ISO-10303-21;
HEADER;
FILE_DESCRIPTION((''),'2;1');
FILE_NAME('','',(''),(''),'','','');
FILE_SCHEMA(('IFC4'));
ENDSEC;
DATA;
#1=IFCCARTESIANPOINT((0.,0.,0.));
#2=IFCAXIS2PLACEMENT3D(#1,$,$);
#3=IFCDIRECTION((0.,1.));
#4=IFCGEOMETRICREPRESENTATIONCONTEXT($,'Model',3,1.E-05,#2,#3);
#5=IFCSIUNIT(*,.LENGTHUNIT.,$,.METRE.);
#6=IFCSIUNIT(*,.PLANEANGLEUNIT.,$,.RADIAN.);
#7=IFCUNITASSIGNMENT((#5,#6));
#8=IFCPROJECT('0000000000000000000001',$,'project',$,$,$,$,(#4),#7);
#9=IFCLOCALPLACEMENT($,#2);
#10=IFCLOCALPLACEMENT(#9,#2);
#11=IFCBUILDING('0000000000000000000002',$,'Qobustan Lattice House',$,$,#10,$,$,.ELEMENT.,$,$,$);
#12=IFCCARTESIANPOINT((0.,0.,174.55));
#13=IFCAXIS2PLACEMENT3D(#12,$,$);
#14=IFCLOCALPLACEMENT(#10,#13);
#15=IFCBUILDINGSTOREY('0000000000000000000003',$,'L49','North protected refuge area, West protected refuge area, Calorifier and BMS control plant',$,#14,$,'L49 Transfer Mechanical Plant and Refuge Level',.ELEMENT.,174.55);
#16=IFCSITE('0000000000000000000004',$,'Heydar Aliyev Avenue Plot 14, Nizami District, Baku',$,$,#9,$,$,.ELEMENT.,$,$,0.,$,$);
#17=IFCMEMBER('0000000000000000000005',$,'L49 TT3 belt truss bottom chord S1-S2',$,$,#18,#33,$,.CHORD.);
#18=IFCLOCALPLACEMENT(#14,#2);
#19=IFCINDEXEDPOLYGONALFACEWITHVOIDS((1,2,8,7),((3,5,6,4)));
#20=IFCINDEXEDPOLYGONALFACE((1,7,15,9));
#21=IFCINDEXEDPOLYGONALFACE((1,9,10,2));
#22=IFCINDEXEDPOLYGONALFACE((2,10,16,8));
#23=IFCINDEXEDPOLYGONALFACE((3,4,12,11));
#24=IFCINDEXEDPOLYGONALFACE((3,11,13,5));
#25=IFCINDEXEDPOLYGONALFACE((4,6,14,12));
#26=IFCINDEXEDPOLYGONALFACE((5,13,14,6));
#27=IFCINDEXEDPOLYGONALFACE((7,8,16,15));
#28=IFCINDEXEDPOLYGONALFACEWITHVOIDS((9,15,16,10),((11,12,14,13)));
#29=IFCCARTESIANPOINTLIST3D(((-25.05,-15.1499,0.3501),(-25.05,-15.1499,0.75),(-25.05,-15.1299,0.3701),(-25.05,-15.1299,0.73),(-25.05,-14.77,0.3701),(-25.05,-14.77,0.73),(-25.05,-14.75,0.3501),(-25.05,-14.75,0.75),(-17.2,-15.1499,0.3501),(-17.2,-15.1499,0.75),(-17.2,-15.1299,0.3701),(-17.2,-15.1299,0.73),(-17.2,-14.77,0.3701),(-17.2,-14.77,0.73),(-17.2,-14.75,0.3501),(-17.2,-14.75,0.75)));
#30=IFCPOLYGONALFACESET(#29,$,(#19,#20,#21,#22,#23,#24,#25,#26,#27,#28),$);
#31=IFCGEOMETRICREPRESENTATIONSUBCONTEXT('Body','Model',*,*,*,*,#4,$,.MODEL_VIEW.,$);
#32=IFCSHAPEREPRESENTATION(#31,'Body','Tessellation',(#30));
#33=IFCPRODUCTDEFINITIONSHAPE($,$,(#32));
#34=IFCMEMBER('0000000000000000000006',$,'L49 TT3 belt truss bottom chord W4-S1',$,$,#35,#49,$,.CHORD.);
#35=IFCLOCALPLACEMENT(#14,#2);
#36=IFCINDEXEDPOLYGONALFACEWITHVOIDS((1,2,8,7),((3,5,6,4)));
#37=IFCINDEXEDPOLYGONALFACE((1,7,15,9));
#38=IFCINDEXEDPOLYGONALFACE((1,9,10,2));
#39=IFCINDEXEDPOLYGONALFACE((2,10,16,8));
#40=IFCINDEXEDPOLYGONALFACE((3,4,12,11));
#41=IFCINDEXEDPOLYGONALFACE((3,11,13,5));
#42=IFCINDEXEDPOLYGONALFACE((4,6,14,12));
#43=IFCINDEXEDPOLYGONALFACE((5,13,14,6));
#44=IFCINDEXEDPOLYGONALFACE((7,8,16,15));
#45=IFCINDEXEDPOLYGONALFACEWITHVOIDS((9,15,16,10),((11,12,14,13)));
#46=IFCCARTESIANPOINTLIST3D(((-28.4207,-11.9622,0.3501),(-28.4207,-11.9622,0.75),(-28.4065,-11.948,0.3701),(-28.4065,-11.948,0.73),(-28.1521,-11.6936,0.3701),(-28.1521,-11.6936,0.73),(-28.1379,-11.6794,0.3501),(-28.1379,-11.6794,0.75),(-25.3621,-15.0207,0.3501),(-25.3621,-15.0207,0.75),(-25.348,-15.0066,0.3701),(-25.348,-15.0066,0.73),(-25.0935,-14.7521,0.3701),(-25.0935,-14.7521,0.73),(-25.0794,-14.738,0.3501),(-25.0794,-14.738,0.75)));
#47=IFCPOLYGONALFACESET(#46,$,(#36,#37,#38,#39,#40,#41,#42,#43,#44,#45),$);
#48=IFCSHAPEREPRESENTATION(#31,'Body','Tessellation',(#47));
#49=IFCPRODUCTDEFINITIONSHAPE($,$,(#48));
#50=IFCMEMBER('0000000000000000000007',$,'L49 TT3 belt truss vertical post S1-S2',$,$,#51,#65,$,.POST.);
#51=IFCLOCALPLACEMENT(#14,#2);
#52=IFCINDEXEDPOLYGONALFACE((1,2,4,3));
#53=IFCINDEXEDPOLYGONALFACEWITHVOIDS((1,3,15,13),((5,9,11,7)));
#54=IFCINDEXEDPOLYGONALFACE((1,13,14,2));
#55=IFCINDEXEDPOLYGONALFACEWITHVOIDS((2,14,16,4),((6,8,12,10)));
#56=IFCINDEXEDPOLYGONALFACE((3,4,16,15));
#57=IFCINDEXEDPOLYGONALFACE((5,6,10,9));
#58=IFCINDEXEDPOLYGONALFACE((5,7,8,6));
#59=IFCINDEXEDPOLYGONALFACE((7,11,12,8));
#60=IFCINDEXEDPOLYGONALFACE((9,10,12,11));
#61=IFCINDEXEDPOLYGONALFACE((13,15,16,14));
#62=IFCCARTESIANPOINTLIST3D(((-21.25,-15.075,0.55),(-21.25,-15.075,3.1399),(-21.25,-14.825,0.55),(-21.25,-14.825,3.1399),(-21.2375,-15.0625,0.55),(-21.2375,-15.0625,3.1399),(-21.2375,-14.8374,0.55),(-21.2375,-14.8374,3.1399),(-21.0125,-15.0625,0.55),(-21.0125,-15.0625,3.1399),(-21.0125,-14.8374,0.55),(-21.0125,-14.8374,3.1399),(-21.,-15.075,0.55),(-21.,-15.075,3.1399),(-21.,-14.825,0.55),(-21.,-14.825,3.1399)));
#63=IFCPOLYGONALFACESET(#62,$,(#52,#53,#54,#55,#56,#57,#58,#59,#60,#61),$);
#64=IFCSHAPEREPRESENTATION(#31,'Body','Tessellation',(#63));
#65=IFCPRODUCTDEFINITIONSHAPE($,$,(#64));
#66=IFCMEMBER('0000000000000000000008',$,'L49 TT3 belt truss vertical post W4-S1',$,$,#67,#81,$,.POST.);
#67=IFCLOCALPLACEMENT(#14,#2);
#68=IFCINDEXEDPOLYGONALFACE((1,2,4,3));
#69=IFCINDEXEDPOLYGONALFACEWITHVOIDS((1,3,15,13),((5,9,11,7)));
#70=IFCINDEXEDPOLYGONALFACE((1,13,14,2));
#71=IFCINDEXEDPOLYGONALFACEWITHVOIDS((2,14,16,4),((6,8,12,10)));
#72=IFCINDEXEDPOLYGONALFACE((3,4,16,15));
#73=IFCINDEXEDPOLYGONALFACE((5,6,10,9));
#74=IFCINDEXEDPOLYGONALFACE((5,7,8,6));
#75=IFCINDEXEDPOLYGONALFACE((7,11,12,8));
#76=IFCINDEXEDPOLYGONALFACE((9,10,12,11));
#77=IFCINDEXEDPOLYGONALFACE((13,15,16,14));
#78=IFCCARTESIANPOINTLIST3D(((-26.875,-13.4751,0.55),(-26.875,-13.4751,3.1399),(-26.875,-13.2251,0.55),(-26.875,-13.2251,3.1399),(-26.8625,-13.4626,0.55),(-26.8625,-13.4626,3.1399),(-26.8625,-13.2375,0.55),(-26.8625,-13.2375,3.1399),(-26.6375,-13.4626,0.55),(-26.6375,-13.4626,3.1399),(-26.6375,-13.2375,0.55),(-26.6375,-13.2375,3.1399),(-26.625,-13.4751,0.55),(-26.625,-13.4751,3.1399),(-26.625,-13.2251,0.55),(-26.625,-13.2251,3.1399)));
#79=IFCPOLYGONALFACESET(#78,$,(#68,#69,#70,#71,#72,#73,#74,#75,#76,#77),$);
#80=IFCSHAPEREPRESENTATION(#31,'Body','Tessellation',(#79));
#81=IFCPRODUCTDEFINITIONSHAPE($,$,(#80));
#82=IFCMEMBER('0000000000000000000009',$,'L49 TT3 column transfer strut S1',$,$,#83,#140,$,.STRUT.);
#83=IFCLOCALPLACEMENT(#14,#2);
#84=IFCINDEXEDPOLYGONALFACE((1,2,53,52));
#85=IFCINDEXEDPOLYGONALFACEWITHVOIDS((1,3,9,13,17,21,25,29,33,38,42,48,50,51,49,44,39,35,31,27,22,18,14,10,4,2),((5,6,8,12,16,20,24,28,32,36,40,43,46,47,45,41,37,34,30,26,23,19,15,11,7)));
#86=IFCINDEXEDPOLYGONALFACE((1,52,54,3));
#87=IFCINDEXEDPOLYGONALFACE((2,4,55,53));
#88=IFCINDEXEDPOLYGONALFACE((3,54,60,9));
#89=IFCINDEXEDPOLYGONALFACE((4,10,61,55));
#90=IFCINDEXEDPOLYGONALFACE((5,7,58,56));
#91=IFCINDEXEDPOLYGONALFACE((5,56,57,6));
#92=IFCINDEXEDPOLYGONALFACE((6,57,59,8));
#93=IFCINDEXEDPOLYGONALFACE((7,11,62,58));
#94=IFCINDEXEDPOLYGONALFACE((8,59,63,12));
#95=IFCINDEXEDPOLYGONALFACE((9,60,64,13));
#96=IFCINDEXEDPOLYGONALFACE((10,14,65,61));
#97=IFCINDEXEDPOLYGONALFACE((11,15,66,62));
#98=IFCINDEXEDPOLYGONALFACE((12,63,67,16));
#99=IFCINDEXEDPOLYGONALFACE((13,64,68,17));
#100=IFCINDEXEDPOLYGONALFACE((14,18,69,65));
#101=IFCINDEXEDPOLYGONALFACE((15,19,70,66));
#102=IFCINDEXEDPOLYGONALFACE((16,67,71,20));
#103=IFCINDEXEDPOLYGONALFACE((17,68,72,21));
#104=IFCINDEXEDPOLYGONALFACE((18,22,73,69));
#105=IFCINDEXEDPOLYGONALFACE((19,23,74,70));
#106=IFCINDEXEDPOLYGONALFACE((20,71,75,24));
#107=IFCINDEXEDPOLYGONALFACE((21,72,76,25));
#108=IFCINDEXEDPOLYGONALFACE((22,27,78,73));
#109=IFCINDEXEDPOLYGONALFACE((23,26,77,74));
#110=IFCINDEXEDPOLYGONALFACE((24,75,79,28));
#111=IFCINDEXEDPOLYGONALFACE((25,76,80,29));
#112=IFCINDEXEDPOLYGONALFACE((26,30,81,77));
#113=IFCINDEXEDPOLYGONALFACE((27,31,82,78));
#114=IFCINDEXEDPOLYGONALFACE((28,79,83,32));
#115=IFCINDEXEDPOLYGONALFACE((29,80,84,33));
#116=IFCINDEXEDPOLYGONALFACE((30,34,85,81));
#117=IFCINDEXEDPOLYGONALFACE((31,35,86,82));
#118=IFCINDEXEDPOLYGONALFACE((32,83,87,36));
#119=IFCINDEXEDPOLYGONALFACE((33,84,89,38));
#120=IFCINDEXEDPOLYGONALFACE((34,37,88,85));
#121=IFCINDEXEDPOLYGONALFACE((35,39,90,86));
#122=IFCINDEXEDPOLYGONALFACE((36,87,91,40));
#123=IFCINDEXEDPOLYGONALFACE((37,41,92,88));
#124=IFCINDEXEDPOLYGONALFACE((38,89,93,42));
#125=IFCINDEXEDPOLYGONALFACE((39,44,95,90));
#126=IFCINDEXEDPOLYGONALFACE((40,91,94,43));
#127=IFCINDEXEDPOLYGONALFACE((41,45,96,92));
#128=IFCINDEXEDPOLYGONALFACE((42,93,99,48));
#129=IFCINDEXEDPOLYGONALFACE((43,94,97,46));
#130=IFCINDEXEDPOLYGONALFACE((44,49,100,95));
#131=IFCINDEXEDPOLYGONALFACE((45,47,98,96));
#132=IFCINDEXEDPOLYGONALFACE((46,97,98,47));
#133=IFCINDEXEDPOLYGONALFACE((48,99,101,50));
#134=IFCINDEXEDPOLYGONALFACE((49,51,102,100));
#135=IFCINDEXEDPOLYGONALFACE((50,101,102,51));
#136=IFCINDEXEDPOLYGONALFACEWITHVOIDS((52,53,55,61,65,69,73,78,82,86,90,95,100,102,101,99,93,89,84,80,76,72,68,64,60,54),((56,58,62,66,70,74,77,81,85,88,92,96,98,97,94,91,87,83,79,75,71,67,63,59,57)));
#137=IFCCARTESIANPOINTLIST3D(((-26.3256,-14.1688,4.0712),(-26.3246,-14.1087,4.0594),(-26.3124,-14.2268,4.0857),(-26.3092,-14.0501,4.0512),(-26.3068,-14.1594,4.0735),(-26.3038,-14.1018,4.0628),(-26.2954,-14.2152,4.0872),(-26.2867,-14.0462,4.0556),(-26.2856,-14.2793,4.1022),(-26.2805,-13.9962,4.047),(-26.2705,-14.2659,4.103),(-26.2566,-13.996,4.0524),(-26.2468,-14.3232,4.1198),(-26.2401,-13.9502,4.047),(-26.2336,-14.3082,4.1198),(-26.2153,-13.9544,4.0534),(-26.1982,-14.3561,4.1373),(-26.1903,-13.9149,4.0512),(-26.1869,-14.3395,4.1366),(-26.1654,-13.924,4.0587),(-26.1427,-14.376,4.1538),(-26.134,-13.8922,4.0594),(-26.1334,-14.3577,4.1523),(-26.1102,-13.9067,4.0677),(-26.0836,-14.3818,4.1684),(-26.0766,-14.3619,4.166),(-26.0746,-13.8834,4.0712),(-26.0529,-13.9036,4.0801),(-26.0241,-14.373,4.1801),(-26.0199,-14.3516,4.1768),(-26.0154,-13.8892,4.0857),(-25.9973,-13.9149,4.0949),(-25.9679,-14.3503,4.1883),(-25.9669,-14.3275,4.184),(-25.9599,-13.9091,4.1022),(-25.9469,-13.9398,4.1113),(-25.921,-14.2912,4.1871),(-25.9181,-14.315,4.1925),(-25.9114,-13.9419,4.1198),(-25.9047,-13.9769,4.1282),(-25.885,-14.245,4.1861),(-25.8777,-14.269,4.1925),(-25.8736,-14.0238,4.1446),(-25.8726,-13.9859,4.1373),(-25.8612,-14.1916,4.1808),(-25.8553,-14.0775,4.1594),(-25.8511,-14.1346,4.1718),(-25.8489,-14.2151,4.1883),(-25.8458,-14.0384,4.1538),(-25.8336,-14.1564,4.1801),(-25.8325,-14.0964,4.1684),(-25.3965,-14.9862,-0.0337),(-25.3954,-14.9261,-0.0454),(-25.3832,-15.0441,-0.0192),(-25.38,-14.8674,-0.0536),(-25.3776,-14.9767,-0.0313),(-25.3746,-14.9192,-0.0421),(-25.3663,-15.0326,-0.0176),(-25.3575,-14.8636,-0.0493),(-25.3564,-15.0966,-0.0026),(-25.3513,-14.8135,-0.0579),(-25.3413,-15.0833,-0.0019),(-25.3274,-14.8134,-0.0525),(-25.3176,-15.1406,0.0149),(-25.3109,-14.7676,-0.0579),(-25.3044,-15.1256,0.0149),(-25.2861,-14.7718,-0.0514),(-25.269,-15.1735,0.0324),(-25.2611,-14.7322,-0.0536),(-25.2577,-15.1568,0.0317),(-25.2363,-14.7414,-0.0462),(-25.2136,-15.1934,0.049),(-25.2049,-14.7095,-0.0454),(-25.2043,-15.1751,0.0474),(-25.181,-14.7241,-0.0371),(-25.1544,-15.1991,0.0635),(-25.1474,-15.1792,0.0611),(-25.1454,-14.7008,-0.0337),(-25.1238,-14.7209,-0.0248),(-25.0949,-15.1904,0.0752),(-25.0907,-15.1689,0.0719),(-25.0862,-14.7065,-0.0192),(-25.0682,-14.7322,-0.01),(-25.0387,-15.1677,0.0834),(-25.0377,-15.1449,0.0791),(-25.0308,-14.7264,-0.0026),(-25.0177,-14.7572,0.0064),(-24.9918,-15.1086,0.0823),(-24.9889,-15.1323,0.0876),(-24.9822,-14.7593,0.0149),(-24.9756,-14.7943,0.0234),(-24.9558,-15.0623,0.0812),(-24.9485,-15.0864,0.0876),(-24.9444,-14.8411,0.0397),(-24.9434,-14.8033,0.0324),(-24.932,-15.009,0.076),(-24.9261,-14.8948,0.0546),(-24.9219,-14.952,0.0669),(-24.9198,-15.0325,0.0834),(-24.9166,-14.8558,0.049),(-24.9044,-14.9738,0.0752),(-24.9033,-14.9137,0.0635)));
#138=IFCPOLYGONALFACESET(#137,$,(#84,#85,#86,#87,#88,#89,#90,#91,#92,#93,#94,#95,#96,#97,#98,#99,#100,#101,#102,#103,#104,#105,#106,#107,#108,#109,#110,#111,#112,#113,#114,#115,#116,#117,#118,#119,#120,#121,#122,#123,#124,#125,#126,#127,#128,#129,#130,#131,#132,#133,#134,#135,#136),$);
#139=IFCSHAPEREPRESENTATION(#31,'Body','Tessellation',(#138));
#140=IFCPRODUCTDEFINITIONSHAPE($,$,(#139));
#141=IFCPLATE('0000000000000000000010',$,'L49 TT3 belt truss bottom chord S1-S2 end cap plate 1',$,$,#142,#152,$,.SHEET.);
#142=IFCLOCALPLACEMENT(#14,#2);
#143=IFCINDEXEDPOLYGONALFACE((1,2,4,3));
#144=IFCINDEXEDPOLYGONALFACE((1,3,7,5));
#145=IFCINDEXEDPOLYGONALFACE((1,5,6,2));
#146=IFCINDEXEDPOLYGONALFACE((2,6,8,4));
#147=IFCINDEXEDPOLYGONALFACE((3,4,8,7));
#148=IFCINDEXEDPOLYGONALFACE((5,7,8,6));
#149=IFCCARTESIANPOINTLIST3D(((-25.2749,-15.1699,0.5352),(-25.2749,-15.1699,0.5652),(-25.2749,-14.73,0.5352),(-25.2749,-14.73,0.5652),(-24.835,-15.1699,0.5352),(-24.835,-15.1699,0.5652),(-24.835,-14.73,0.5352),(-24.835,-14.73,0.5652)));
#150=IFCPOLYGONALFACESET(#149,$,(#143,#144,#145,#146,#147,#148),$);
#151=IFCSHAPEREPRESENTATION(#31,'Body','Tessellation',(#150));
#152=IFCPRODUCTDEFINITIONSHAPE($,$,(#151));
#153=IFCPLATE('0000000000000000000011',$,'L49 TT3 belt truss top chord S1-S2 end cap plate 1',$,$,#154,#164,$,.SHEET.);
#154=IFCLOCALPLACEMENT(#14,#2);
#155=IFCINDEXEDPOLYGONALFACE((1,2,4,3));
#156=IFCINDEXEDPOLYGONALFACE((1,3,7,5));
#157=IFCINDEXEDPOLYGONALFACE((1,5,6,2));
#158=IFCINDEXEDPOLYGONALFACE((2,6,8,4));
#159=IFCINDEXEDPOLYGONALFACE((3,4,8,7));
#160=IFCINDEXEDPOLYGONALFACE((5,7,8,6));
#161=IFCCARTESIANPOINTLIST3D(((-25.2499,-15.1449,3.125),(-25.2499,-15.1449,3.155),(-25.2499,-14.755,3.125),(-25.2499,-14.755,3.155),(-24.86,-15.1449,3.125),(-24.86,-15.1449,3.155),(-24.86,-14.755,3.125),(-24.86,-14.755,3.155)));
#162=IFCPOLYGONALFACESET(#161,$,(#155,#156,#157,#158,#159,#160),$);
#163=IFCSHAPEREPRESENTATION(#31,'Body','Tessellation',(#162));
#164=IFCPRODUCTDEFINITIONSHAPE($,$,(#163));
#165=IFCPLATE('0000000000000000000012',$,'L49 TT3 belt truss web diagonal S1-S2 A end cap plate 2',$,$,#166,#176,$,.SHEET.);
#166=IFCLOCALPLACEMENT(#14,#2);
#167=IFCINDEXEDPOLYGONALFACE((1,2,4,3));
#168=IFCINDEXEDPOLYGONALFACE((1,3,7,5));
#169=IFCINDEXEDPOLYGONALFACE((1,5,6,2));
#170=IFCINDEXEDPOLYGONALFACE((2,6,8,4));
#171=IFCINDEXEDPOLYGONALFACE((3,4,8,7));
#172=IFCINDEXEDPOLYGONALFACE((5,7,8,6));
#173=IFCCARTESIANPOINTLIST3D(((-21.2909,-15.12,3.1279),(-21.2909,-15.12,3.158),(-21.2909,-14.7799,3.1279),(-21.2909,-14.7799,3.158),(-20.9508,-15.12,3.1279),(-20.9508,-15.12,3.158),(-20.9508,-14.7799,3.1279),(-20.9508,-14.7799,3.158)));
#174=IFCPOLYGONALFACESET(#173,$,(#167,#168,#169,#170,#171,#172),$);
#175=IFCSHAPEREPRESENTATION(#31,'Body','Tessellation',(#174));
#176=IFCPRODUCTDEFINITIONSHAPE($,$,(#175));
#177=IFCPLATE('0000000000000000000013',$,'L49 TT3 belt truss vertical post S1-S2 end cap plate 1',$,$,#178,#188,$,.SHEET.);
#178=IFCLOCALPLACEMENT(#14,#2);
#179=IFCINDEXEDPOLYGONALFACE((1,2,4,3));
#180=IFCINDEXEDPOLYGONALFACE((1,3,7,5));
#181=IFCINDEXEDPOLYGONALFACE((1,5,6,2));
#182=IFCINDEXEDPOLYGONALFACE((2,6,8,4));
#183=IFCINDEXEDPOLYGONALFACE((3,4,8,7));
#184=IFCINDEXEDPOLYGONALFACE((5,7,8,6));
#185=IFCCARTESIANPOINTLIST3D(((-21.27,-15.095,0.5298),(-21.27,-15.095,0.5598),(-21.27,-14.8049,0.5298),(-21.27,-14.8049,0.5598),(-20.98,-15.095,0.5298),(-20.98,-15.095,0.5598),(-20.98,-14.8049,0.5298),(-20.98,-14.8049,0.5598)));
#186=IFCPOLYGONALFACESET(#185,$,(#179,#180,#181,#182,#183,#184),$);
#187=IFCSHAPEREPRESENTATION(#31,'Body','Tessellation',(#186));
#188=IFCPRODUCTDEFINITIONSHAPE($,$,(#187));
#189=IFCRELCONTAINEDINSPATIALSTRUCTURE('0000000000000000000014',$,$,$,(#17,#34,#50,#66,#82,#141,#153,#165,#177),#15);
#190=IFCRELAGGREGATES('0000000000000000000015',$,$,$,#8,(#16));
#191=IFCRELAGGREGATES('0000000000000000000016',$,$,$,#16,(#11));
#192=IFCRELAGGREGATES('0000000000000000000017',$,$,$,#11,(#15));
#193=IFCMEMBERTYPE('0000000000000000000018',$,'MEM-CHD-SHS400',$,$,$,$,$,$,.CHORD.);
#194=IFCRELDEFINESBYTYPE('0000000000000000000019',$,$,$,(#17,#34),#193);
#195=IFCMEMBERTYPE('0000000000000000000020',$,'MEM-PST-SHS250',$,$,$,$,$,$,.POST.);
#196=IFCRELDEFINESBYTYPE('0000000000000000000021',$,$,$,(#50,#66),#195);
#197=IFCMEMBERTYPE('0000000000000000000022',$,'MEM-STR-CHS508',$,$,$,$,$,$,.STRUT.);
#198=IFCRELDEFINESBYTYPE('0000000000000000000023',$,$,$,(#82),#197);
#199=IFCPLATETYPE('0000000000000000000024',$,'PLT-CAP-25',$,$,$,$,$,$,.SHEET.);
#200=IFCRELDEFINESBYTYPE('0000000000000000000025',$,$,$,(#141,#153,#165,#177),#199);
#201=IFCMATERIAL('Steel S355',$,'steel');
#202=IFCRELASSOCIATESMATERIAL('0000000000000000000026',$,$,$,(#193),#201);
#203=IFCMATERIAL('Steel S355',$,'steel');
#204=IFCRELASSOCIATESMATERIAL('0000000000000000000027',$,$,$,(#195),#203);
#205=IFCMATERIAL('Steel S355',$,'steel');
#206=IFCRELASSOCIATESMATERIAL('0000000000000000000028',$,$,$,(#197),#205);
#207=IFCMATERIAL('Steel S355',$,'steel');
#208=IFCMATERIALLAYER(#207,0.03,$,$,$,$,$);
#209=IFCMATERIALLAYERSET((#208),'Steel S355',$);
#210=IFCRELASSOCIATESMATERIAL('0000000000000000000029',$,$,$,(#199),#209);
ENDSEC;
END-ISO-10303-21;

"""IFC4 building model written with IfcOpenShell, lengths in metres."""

from ifc_helpers import new_model, si_unit, direction, frame, origin, origin_2d, place, context, subcontext, project, spatial, rectangle, hollow_rectangle, hollow_circle, extrude, material, layer, layer_set, material_profile, profile_set, type_object, element, save


model = new_model("IFC4")

# Units and contexts
model_context = context("Model", 3, precision=1e-05, world=origin(), true_north=direction((0.0, 1.0)))
body_context = subcontext(model_context, "Body", "Model", "MODEL_VIEW")
ifc_project = project(units=[si_unit("LENGTHUNIT", "METRE"), si_unit("PLANEANGLEUNIT", "RADIAN")], contexts=[model_context])

# Site, building, storey
site_placement = place(None, origin())
site = spatial("IfcSite", under=ifc_project, at=site_placement, Name="Heydar Aliyev Avenue Plot 14, Nizami District, Baku", CompositionType="ELEMENT", RefElevation=0.0)
building_placement = place(site_placement, origin())
building = spatial("IfcBuilding", under=site, at=building_placement, Name="Qobustan Lattice House", CompositionType="ELEMENT")
storey_placement = place(building_placement, frame((0.0, 0.0, 174.55)))
storey = spatial("IfcBuildingStorey", under=building, at=storey_placement, Name="L49", Description="North protected refuge area, West protected refuge area, Calorifier and BMS control plant", LongName="L49 Transfer Mechanical Plant and Refuge Level", CompositionType="ELEMENT", Elevation=174.55)

# Members
ifc_material_1 = material(Name="Steel S355", Category="steel")
ifc_material_profile_1 = material_profile(ifc_material_1, hollow_rectangle(XDim=0.3999, YDim=0.3999, WallThickness=0.02, at=origin_2d()), Name="SHS400x400x20")
ifc_profile_set_1 = profile_set([ifc_material_profile_1], Name="Steel S355")
member_type_1 = type_object("IfcMemberType", Name="MEM-CHD-SHS400", PredefinedType="CHORD", material=ifc_profile_set_1)
member_1_placement = place(storey_placement, frame((-25.05, -14.95, 0.55), z_axis=(1.0, 0.0, 0.0), x_axis=(0.0, 1.0, 0.0)))
element("IfcMember", 1, at=member_1_placement, inside=storey, type_object=member_type_1, Name="L49 TT3 belt truss bottom chord S1-S2", PredefinedType="CHORD", context=body_context, shape_type="SweptSolid", body=[
    extrude(hollow_rectangle(XDim=0.3999, YDim=0.3999, WallThickness=0.02, at=origin_2d()), origin(), (0.0, 0.0, 1.0), 7.8501),
])
member_2_placement = place(storey_placement, frame((-28.2793, -11.8208, 0.55), z_axis=(0.707107, -0.707107, 0.0), x_axis=(0.707107, 0.707107, 0.0)))
element("IfcMember", 2, at=member_2_placement, inside=storey, type_object=member_type_1, Name="L49 TT3 belt truss bottom chord W4-S1", PredefinedType="CHORD", context=body_context, shape_type="SweptSolid", body=[
    extrude(hollow_rectangle(XDim=0.3999, YDim=0.3999, WallThickness=0.02, at=origin_2d()), origin(), (0.0, 0.0, 1.0), 4.3254),
])
ifc_material_2 = material(Name="Steel S355", Category="steel")
ifc_material_profile_2 = material_profile(ifc_material_2, hollow_rectangle(XDim=0.25, YDim=0.25, WallThickness=0.0125, at=origin_2d()), Name="SHS250x250x12.5")
ifc_profile_set_2 = profile_set([ifc_material_profile_2], Name="Steel S355")
member_type_2 = type_object("IfcMemberType", Name="MEM-PST-SHS250", PredefinedType="POST", material=ifc_profile_set_2)
for number, where, z_axis, x_axis, name in (
    (3, (-21.125, -14.95, 0.55), (0.0, 0.0, 1.0), (1.0, 0.0, 0.0), "L49 TT3 belt truss vertical post S1-S2"),
    (4, (-26.75, -13.3501, 0.55), (0.0, 0.0, 1.0), (1.0, 0.0, 0.0), "L49 TT3 belt truss vertical post W4-S1"),
):
    element("IfcMember", number, at=place(storey_placement, frame(where, z_axis=z_axis, x_axis=x_axis)), inside=storey, type_object=member_type_2, Name=name, PredefinedType="POST", context=body_context, shape_type="SweptSolid", body=[
        extrude(hollow_rectangle(XDim=0.25, YDim=0.25, WallThickness=0.0125, at=origin_2d()), origin(), (0.0, 0.0, 1.0), 2.5898),
    ])
ifc_material_3 = material(Name="Steel S355", Category="steel")
ifc_material_profile_3 = material_profile(ifc_material_3, hollow_circle(Radius=0.2539, WallThickness=0.02, at=origin_2d()), Name="CHS508x20")
ifc_profile_set_3 = profile_set([ifc_material_profile_3], Name="Steel S355")
member_type_3 = type_object("IfcMemberType", Name="MEM-STR-CHS508", PredefinedType="STRUT", material=ifc_profile_set_3)
member_3_placement = place(storey_placement, frame((-25.1499, -14.95, 0.0149), z_axis=(-0.216724, 0.190645, 0.957437), x_axis=(-0.660486, -0.750839, 0.0)))
element("IfcMember", 5, at=member_3_placement, inside=storey, type_object=member_type_3, Name="L49 TT3 column transfer strut S1", PredefinedType="STRUT", context=body_context, shape_type="SweptSolid", body=[
    extrude(hollow_circle(Radius=0.2539, WallThickness=0.02, at=origin_2d()), origin(), (0.0, 0.0, 1.0), 4.2874),
])

# Plates
ifc_material_4 = material(Name="Steel S355", Category="steel")
ifc_layer_1 = layer(ifc_material_4, 0.03)
ifc_layer_set_1 = layer_set([ifc_layer_1], Name="Steel S355")
plate_type = type_object("IfcPlateType", Name="PLT-CAP-25", PredefinedType="SHEET", material=ifc_layer_set_1)
plate_1_placement = place(storey_placement, frame((-25.0549, -14.95, 0.5352), z_axis=(0.0, 0.0, 1.0), x_axis=(1.0, 0.0, 0.0)))
element("IfcPlate", 6, at=plate_1_placement, inside=storey, type_object=plate_type, Name="L49 TT3 belt truss bottom chord S1-S2 end cap plate 1", PredefinedType="SHEET", context=body_context, shape_type="SweptSolid", body=[
    extrude(rectangle(XDim=0.4399, YDim=0.4399, at=origin_2d()), origin(), (0.0, 0.0, 1.0), 0.03),
])
plate_2_placement = place(storey_placement, frame((-25.0549, -14.95, 3.125), z_axis=(0.0, 0.0, 1.0), x_axis=(1.0, 0.0, 0.0)))
element("IfcPlate", 7, at=plate_2_placement, inside=storey, type_object=plate_type, Name="L49 TT3 belt truss top chord S1-S2 end cap plate 1", PredefinedType="SHEET", context=body_context, shape_type="SweptSolid", body=[
    extrude(rectangle(XDim=0.3899, YDim=0.3899, at=origin_2d()), origin(), (0.0, 0.0, 1.0), 0.03),
])
plate_3_placement = place(storey_placement, frame((-21.1208, -14.95, 3.1279), z_axis=(0.0, 0.0, 1.0), x_axis=(1.0, 0.0, 0.0)))
element("IfcPlate", 8, at=plate_3_placement, inside=storey, type_object=plate_type, Name="L49 TT3 belt truss web diagonal S1-S2 A end cap plate 2", PredefinedType="SHEET", context=body_context, shape_type="SweptSolid", body=[
    extrude(rectangle(XDim=0.3401, YDim=0.3401, at=origin_2d()), origin(), (0.0, 0.0, 1.0), 0.03),
])
plate_4_placement = place(storey_placement, frame((-21.125, -14.95, 0.5298), z_axis=(0.0, 0.0, 1.0), x_axis=(1.0, 0.0, 0.0)))
element("IfcPlate", 9, at=plate_4_placement, inside=storey, type_object=plate_type, Name="L49 TT3 belt truss vertical post S1-S2 end cap plate 1", PredefinedType="SHEET", context=body_context, shape_type="SweptSolid", body=[
    extrude(rectangle(XDim=0.29, YDim=0.29, at=origin_2d()), origin(), (0.0, 0.0, 1.0), 0.03),
])

save(model, "model.ifc")
